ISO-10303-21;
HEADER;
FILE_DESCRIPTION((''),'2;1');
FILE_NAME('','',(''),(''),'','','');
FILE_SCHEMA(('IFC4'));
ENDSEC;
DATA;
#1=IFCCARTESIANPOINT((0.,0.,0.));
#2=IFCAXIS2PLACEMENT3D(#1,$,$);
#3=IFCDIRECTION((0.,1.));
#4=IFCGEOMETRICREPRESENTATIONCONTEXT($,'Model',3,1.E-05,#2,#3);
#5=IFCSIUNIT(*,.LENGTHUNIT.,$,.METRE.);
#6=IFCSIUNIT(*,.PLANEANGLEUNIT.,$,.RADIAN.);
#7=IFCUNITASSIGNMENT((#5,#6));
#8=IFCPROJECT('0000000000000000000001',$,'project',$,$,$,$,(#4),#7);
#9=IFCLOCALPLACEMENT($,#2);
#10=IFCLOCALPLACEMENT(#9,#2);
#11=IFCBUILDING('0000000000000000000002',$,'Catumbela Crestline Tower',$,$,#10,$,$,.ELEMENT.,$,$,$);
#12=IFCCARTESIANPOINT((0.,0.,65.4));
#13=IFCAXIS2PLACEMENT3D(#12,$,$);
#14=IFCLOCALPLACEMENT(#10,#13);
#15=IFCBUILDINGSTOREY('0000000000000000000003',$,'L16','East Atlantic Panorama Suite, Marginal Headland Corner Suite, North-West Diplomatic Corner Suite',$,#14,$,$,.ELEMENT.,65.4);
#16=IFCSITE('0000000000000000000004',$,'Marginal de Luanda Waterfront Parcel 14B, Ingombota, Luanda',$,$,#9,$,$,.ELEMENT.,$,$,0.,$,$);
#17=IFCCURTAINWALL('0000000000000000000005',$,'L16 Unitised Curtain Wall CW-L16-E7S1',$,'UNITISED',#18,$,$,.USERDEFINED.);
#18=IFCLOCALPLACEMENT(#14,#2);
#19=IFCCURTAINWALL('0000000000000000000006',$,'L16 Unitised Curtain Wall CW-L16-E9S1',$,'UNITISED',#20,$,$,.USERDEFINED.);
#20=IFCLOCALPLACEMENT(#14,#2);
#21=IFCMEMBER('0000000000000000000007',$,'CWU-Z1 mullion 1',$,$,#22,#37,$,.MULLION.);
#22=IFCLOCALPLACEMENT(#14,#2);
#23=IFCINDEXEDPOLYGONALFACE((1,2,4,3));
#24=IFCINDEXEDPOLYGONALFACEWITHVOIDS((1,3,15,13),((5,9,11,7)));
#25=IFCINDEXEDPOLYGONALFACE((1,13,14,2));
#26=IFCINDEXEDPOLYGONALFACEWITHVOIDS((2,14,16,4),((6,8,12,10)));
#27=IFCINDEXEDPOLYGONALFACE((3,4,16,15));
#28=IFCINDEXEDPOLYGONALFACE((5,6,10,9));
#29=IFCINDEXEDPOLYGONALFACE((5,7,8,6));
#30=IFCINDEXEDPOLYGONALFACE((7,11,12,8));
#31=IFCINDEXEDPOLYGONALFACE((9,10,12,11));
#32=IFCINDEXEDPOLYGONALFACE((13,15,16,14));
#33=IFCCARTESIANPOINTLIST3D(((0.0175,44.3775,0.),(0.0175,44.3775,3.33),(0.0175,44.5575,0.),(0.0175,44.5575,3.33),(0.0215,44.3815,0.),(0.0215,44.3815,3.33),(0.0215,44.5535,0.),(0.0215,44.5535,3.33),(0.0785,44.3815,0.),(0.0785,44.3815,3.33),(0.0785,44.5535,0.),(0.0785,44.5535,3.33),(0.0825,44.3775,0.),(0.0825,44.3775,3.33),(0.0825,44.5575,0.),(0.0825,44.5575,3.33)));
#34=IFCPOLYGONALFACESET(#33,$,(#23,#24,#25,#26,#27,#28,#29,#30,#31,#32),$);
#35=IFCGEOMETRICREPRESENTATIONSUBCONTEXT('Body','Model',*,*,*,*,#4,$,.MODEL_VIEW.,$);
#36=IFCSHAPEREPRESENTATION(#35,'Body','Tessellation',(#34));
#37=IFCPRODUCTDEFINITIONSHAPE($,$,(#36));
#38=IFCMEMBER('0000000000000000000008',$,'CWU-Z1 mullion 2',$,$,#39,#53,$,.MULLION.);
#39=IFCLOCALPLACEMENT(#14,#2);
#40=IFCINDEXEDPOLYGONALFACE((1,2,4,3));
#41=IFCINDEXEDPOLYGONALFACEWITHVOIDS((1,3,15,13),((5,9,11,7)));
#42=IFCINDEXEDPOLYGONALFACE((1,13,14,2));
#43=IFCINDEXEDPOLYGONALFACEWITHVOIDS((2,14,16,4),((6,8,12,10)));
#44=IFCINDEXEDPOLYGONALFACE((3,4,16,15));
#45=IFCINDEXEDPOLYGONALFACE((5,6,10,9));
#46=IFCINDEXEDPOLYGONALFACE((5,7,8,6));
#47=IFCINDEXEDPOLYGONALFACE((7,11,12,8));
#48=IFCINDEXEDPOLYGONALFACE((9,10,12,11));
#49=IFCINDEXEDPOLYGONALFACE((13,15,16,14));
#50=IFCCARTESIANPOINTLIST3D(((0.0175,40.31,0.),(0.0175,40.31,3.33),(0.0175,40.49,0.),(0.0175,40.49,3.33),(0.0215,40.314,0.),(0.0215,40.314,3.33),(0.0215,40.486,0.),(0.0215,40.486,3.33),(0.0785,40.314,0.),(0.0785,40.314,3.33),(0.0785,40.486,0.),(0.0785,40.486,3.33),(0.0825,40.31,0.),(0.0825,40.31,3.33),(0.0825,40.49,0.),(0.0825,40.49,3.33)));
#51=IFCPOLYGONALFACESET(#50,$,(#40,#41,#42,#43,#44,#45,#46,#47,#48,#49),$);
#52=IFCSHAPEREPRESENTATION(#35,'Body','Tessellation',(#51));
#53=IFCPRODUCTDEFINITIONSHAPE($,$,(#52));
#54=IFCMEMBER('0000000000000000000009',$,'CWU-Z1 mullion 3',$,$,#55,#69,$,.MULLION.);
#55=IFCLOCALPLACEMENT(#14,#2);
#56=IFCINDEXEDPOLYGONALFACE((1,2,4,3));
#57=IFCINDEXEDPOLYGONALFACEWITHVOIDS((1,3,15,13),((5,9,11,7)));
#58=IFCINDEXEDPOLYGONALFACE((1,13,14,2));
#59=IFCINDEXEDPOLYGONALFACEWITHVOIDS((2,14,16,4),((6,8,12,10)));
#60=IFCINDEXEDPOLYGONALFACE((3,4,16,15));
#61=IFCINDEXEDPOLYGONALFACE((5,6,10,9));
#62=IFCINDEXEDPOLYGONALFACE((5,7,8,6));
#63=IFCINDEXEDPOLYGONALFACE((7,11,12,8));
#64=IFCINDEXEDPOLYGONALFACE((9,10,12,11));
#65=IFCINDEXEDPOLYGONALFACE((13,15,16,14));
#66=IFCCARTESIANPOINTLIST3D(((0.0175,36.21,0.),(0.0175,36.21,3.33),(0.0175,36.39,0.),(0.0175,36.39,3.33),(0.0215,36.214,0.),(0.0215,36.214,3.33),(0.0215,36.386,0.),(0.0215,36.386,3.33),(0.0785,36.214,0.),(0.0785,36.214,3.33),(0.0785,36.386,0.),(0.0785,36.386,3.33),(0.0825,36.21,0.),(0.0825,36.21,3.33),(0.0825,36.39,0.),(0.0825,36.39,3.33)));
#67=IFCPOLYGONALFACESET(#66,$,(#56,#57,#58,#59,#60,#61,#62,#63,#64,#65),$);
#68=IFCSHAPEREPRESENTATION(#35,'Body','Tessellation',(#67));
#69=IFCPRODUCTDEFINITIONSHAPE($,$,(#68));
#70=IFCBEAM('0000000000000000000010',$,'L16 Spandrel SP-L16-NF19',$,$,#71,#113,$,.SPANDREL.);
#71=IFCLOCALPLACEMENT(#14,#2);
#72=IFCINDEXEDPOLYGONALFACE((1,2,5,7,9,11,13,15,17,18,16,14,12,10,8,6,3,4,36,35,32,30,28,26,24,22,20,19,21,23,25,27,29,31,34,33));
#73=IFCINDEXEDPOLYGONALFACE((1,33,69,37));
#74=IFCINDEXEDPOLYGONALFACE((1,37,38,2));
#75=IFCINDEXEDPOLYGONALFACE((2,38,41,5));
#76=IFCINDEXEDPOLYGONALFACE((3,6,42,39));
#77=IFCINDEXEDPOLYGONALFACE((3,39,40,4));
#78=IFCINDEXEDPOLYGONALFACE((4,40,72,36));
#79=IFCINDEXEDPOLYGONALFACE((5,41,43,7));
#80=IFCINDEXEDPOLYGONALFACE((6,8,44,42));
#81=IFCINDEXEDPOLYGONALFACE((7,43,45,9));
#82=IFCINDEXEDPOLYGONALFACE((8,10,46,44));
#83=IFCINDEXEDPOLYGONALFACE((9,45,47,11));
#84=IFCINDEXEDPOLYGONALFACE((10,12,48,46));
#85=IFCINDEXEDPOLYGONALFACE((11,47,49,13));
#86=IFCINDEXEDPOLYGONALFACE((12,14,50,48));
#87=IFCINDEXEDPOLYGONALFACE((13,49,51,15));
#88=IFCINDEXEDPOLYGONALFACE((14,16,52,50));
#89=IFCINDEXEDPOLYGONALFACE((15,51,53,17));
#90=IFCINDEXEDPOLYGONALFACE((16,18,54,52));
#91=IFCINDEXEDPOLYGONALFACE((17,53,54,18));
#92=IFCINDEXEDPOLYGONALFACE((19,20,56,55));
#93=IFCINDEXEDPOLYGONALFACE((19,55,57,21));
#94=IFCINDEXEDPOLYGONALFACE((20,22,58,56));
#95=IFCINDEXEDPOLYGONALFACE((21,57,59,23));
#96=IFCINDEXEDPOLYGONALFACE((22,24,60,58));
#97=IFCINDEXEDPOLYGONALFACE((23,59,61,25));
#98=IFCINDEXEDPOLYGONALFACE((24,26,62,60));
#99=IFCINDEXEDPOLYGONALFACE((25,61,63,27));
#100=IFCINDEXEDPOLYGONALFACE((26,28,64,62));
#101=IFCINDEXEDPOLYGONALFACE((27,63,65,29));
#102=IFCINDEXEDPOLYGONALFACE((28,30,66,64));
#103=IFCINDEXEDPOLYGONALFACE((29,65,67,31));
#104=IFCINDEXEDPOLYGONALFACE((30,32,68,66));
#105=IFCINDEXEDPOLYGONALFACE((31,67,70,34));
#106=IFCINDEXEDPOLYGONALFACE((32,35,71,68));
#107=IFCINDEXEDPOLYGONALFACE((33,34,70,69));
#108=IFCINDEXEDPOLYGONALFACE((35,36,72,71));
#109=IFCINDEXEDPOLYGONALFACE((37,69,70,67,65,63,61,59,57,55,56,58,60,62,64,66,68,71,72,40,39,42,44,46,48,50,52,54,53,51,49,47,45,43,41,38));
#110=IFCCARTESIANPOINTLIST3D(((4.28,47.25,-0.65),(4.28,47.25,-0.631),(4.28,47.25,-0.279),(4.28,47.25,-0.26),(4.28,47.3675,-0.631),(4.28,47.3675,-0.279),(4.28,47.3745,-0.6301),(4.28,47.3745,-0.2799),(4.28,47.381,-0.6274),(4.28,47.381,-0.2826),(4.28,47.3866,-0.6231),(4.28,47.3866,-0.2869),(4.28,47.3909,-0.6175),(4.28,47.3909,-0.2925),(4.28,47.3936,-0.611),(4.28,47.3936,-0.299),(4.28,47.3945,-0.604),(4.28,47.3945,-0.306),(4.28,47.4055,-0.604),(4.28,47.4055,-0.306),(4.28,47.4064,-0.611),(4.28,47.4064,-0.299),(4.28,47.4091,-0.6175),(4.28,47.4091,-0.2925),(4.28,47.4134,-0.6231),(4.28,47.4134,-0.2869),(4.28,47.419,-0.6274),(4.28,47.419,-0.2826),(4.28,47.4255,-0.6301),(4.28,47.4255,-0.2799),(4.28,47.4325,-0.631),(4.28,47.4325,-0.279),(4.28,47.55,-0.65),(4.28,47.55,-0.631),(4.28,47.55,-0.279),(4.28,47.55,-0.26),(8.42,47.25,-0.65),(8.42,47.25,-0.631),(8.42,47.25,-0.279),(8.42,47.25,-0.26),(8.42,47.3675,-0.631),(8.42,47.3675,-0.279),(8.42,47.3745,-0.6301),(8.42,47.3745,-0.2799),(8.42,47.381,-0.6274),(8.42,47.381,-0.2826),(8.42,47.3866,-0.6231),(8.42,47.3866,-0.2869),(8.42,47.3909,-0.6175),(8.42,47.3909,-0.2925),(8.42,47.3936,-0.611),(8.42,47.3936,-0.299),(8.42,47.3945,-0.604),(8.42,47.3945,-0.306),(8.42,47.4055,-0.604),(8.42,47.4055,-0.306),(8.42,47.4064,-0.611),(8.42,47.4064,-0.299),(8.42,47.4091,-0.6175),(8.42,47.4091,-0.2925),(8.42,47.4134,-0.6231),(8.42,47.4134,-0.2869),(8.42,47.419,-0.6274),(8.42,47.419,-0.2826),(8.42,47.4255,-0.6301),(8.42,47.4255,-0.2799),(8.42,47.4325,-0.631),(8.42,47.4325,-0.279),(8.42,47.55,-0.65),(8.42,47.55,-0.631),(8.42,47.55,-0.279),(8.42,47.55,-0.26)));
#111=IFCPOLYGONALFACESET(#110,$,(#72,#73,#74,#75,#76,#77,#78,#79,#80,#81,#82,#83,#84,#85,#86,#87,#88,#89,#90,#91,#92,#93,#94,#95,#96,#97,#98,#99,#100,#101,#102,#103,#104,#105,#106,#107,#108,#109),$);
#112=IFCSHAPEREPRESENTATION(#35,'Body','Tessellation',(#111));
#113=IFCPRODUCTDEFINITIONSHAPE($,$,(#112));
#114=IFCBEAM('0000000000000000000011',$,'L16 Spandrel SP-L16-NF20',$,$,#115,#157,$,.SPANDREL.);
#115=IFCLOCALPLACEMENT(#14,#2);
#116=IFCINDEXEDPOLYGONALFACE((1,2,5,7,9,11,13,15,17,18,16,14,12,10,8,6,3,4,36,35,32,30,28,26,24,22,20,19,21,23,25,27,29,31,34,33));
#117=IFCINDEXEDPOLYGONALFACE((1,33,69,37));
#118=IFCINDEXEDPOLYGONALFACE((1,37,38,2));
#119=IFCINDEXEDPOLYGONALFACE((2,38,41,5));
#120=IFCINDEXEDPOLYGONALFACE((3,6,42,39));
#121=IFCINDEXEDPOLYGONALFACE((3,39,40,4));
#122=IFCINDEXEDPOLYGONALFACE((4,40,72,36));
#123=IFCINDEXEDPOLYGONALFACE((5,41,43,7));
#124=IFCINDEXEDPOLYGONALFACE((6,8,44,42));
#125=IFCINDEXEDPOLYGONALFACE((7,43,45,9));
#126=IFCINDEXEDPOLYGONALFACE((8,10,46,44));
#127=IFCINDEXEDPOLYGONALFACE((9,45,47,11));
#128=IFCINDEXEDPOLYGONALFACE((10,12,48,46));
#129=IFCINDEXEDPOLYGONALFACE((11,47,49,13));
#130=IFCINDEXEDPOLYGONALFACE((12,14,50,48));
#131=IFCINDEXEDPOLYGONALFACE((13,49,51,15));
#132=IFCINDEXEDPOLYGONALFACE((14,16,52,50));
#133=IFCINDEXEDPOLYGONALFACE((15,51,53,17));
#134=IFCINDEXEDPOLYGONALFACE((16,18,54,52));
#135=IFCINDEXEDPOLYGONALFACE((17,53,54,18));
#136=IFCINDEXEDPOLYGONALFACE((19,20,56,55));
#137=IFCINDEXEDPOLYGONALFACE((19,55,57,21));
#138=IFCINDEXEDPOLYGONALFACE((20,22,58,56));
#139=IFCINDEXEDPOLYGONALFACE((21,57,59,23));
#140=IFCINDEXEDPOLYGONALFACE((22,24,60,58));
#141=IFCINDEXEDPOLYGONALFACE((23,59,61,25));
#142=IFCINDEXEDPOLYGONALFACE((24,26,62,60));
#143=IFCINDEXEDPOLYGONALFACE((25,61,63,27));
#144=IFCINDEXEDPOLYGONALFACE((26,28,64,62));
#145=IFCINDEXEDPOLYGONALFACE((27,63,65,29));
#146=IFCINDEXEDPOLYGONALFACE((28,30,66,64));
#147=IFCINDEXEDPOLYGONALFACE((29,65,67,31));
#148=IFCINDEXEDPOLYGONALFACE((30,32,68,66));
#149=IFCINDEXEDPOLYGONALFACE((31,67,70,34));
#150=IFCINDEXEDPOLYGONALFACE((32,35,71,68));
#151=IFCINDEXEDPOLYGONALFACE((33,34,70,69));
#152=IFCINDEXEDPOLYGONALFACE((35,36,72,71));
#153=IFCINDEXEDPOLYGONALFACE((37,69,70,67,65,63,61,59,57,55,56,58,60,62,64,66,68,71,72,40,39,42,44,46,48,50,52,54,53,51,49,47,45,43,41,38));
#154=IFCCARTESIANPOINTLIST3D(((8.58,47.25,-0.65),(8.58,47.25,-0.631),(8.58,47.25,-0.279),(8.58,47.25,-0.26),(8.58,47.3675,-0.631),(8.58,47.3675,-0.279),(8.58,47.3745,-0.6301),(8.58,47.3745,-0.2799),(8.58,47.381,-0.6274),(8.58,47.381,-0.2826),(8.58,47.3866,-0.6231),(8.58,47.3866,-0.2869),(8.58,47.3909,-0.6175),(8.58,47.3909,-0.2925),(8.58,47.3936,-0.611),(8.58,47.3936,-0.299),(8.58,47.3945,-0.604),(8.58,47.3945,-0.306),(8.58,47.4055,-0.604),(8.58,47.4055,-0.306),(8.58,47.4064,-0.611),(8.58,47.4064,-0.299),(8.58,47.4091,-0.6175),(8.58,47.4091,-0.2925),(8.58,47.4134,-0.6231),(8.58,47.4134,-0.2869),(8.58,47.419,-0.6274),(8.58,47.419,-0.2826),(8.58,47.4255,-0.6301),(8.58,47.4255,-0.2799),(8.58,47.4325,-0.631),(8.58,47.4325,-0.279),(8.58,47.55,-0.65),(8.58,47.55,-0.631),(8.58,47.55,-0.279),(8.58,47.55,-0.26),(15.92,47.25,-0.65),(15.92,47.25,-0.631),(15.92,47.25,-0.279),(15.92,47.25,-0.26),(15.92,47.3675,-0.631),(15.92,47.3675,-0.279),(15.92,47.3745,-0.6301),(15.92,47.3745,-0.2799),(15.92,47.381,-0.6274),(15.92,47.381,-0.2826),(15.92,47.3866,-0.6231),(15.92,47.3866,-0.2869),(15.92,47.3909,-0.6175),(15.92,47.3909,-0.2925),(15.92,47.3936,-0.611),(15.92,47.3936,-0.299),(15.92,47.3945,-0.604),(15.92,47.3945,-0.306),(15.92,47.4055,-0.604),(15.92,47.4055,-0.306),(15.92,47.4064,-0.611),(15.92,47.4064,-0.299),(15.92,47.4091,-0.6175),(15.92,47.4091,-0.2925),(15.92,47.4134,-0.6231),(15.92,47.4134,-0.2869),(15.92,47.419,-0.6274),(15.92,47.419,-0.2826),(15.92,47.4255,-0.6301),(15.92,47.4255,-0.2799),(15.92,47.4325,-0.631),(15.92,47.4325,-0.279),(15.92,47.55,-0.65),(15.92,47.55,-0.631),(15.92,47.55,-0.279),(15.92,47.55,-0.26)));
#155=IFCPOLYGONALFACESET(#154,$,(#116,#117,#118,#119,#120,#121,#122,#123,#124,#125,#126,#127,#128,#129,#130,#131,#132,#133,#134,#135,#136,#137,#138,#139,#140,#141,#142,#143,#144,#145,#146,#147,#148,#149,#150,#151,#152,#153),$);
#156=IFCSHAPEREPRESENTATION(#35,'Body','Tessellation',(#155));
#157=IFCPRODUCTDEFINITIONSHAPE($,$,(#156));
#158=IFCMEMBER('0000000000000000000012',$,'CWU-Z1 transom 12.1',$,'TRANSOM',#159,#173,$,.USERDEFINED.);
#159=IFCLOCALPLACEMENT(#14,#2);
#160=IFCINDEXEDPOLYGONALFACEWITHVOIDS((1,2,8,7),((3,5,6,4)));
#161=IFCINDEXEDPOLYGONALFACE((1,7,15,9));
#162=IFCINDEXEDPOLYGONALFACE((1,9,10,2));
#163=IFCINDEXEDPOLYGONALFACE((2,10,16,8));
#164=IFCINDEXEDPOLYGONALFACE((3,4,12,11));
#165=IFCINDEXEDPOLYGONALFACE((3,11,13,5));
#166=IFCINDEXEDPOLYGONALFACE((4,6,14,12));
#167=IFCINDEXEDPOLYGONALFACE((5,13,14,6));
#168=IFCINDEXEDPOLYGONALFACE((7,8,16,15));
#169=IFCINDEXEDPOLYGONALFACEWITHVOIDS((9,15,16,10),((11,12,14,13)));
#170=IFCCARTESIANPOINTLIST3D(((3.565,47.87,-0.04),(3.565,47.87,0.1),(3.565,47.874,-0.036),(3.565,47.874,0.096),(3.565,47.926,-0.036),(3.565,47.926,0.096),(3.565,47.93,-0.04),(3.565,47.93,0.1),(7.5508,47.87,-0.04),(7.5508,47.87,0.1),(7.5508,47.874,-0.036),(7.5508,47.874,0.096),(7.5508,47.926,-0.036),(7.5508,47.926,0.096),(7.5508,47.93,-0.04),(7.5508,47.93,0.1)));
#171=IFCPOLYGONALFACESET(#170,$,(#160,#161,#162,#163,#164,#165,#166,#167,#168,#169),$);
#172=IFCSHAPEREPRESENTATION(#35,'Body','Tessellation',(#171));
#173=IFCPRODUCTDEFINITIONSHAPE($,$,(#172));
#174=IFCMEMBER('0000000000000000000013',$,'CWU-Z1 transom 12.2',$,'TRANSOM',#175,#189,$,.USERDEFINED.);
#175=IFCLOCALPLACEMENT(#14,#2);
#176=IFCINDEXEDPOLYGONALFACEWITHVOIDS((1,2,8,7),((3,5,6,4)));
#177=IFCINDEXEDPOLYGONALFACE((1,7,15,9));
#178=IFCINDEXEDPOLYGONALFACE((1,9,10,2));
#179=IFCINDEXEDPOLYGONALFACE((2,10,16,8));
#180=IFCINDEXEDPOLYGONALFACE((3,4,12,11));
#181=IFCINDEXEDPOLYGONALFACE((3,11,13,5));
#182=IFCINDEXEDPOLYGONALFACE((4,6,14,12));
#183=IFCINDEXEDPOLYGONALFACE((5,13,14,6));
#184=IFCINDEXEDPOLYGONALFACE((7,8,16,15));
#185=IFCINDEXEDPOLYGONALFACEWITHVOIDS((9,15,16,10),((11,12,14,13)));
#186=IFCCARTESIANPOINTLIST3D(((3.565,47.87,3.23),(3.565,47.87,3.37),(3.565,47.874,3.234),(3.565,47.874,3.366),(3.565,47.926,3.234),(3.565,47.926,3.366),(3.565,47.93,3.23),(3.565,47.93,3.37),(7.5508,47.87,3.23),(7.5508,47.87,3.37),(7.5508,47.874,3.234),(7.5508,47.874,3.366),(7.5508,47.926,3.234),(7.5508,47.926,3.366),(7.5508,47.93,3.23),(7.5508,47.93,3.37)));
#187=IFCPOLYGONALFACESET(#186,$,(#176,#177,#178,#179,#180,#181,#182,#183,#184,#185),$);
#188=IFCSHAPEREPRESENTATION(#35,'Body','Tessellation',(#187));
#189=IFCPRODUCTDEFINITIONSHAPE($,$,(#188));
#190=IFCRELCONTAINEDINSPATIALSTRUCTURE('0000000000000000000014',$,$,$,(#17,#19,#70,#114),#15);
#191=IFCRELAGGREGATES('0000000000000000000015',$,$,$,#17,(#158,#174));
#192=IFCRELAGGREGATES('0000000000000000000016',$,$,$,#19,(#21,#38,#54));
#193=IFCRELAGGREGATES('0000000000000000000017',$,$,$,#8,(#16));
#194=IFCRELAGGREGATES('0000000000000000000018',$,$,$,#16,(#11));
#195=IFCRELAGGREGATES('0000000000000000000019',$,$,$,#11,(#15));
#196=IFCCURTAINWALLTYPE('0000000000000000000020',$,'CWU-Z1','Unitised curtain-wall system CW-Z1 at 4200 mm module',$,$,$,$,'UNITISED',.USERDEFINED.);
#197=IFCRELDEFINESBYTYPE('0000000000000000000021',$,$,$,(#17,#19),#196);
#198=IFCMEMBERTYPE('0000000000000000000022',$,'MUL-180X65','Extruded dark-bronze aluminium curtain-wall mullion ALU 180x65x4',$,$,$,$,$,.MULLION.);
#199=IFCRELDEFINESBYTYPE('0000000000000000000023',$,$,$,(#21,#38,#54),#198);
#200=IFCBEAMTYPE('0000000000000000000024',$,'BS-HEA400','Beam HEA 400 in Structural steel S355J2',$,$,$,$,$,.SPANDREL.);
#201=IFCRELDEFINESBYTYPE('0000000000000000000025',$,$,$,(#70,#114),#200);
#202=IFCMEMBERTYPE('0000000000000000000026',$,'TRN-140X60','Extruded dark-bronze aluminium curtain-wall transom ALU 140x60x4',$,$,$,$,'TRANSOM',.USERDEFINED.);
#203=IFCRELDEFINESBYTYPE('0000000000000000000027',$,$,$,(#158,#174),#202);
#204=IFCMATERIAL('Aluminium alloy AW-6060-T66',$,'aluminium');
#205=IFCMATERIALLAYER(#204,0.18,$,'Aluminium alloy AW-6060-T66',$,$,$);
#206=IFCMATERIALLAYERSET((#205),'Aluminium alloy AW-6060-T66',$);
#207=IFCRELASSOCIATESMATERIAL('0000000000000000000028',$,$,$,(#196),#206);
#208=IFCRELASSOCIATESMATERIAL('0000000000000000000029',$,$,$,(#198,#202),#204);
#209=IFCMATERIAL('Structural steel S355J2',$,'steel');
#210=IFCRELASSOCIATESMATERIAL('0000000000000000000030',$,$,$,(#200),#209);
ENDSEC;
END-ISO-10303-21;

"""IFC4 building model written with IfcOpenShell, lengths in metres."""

from ifc_helpers import new_model, si_unit, direction, frame, origin, origin_2d, place, context, subcontext, project, spatial, hollow_rectangle, i_section, extrude, material, layer, layer_set, material_profile, profile_set, type_object, element, aggregate, save


model = new_model("IFC4")

# Units and contexts
model_context = context("Model", 3, precision=1e-05, world=origin(), true_north=direction((0.0, 1.0)))
body_context = subcontext(model_context, "Body", "Model", "MODEL_VIEW")
ifc_project = project(units=[si_unit("LENGTHUNIT", "METRE"), si_unit("PLANEANGLEUNIT", "RADIAN")], contexts=[model_context])

# Site, building, storey
site_placement = place(None, origin())
site = spatial("IfcSite", under=ifc_project, at=site_placement, Name="Marginal de Luanda Waterfront Parcel 14B, Ingombota, Luanda", CompositionType="ELEMENT", RefElevation=0.0)
building_placement = place(site_placement, origin())
building = spatial("IfcBuilding", under=site, at=building_placement, Name="Catumbela Crestline Tower", CompositionType="ELEMENT")
storey_placement = place(building_placement, frame((0.0, 0.0, 65.4)))
storey = spatial("IfcBuildingStorey", under=building, at=storey_placement, Name="L16", Description="East Atlantic Panorama Suite, Marginal Headland Corner Suite, North-West Diplomatic Corner Suite", CompositionType="ELEMENT", Elevation=65.4)

# Shared definitions
ifc_material_1 = material(Name="Structural steel S355J2", Category="steel")

# Curtain walls, members
ifc_material_2 = material(Name="Aluminium alloy AW-6060-T66", Category="aluminium")
ifc_layer_1 = layer(ifc_material_2, 0.18, Name="Aluminium alloy AW-6060-T66")
ifc_layer_set_1 = layer_set([ifc_layer_1], Name="Aluminium alloy AW-6060-T66")
curtain_wall_type = type_object("IfcCurtainWallType", Name="CWU-Z1", Description="Unitised curtain-wall system CW-Z1 at 4200 mm module", ElementType="UNITISED", PredefinedType="USERDEFINED", material=ifc_layer_set_1)
curtain_wall_1_placement = place(storey_placement, origin())
curtain_wall_1 = element("IfcCurtainWall", 1, at=curtain_wall_1_placement, inside=storey, type_object=curtain_wall_type, Name="L16 Unitised Curtain Wall CW-L16-E7S1", ObjectType="UNITISED", PredefinedType="USERDEFINED")
ifc_material_profile_1 = material_profile(ifc_material_2, hollow_rectangle(XDim=0.065, YDim=0.18, WallThickness=0.004, at=origin_2d()), Name="ALU 180x65x4")
ifc_profile_set_1 = profile_set([ifc_material_profile_1], Name="Aluminium alloy AW-6060-T66")
member_type_1 = type_object("IfcMemberType", Name="MUL-180X65", Description="Extruded dark-bronze aluminium curtain-wall mullion ALU 180x65x4", PredefinedType="MULLION", material=ifc_profile_set_1)
curtain_wall_2_placement = place(storey_placement, origin())
curtain_wall_2 = element("IfcCurtainWall", 2, at=curtain_wall_2_placement, inside=storey, type_object=curtain_wall_type, Name="L16 Unitised Curtain Wall CW-L16-E9S1", ObjectType="UNITISED", PredefinedType="USERDEFINED")
member_1_placement = place(storey_placement, frame((0.05, 44.4675, 0.0), z_axis=(0.0, 0.0, 1.0), x_axis=(1.0, 0.0, 0.0)))
member_1 = element("IfcMember", 3, at=member_1_placement, type_object=member_type_1, Name="CWU-Z1 mullion 1", PredefinedType="MULLION", context=body_context, shape_type="SweptSolid", body=[
    extrude(hollow_rectangle(XDim=0.065, YDim=0.18, WallThickness=0.004, at=origin_2d()), origin(), (0.0, 0.0, 1.0), 3.33),
])
member_2_placement = place(storey_placement, frame((0.05, 40.4, 0.0), z_axis=(0.0, 0.0, 1.0), x_axis=(1.0, 0.0, 0.0)))
member_2 = element("IfcMember", 4, at=member_2_placement, type_object=member_type_1, Name="CWU-Z1 mullion 2", PredefinedType="MULLION", context=body_context, shape_type="SweptSolid", body=[
    extrude(hollow_rectangle(XDim=0.065, YDim=0.18, WallThickness=0.004, at=origin_2d()), origin(), (0.0, 0.0, 1.0), 3.33),
])
member_3_placement = place(storey_placement, frame((0.05, 36.3, 0.0), z_axis=(0.0, 0.0, 1.0), x_axis=(1.0, 0.0, 0.0)))
member_3 = element("IfcMember", 5, at=member_3_placement, type_object=member_type_1, Name="CWU-Z1 mullion 3", PredefinedType="MULLION", context=body_context, shape_type="SweptSolid", body=[
    extrude(hollow_rectangle(XDim=0.065, YDim=0.18, WallThickness=0.004, at=origin_2d()), origin(), (0.0, 0.0, 1.0), 3.33),
])

# Beams
ifc_material_profile_2 = material_profile(ifc_material_1, i_section(OverallWidth=0.3, OverallDepth=0.39, WebThickness=0.011, FlangeThickness=0.019, FilletRadius=0.027, at=origin_2d()), Name="HEA 400")
ifc_profile_set_2 = profile_set([ifc_material_profile_2], Name="Structural steel S355J2")
beam_type_1 = type_object("IfcBeamType", Name="BS-HEA400", Description="Beam HEA 400 in Structural steel S355J2", PredefinedType="SPANDREL", material=ifc_profile_set_2)
beam_1_placement = place(storey_placement, frame((4.28, 47.4, -0.455), z_axis=(1.0, 0.0, 0.0), x_axis=(0.0, 1.0, 0.0)))
element("IfcBeam", 6, at=beam_1_placement, inside=storey, type_object=beam_type_1, Name="L16 Spandrel SP-L16-NF19", PredefinedType="SPANDREL", context=body_context, shape_type="SweptSolid", body=[
    extrude(i_section(OverallWidth=0.3, OverallDepth=0.39, WebThickness=0.011, FlangeThickness=0.019, FilletRadius=0.027, at=origin_2d()), origin(), (0.0, 0.0, 1.0), 4.14),
])
beam_2_placement = place(storey_placement, frame((8.58, 47.4, -0.455), z_axis=(1.0, 0.0, 0.0), x_axis=(0.0, 1.0, 0.0)))
element("IfcBeam", 7, at=beam_2_placement, inside=storey, type_object=beam_type_1, Name="L16 Spandrel SP-L16-NF20", PredefinedType="SPANDREL", context=body_context, shape_type="SweptSolid", body=[
    extrude(i_section(OverallWidth=0.3, OverallDepth=0.39, WebThickness=0.011, FlangeThickness=0.019, FilletRadius=0.027, at=origin_2d()), origin(), (0.0, 0.0, 1.0), 7.34),
])

# Members
ifc_material_profile_3 = material_profile(ifc_material_2, hollow_rectangle(XDim=0.06, YDim=0.14, WallThickness=0.004, at=origin_2d()), Name="ALU 140x60x4")
ifc_profile_set_3 = profile_set([ifc_material_profile_3], Name="Aluminium alloy AW-6060-T66")
member_type_2 = type_object("IfcMemberType", Name="TRN-140X60", Description="Extruded dark-bronze aluminium curtain-wall transom ALU 140x60x4", ElementType="TRANSOM", PredefinedType="USERDEFINED", material=ifc_profile_set_3)
member_4_placement = place(storey_placement, frame((7.5508, 47.9, 0.03), z_axis=(-1.0, 0.0, 0.0), x_axis=(0.0, -1.0, 0.0)))
member_4 = element("IfcMember", 8, at=member_4_placement, type_object=member_type_2, Name="CWU-Z1 transom 12.1", ObjectType="TRANSOM", PredefinedType="USERDEFINED", context=body_context, shape_type="SweptSolid", body=[
    extrude(hollow_rectangle(XDim=0.06, YDim=0.14, WallThickness=0.004, at=origin_2d()), origin(), (0.0, 0.0, 1.0), 3.9858),
])
member_5_placement = place(storey_placement, frame((7.5508, 47.9, 3.3), z_axis=(-1.0, 0.0, 0.0), x_axis=(0.0, -1.0, 0.0)))
member_5 = element("IfcMember", 9, at=member_5_placement, type_object=member_type_2, Name="CWU-Z1 transom 12.2", ObjectType="TRANSOM", PredefinedType="USERDEFINED", context=body_context, shape_type="SweptSolid", body=[
    extrude(hollow_rectangle(XDim=0.06, YDim=0.14, WallThickness=0.004, at=origin_2d()), origin(), (0.0, 0.0, 1.0), 3.9858),
])

aggregate(curtain_wall_1, [member_4, member_5])
aggregate(curtain_wall_2, [member_1, member_2, member_3])

save(model, "model.ifc")
